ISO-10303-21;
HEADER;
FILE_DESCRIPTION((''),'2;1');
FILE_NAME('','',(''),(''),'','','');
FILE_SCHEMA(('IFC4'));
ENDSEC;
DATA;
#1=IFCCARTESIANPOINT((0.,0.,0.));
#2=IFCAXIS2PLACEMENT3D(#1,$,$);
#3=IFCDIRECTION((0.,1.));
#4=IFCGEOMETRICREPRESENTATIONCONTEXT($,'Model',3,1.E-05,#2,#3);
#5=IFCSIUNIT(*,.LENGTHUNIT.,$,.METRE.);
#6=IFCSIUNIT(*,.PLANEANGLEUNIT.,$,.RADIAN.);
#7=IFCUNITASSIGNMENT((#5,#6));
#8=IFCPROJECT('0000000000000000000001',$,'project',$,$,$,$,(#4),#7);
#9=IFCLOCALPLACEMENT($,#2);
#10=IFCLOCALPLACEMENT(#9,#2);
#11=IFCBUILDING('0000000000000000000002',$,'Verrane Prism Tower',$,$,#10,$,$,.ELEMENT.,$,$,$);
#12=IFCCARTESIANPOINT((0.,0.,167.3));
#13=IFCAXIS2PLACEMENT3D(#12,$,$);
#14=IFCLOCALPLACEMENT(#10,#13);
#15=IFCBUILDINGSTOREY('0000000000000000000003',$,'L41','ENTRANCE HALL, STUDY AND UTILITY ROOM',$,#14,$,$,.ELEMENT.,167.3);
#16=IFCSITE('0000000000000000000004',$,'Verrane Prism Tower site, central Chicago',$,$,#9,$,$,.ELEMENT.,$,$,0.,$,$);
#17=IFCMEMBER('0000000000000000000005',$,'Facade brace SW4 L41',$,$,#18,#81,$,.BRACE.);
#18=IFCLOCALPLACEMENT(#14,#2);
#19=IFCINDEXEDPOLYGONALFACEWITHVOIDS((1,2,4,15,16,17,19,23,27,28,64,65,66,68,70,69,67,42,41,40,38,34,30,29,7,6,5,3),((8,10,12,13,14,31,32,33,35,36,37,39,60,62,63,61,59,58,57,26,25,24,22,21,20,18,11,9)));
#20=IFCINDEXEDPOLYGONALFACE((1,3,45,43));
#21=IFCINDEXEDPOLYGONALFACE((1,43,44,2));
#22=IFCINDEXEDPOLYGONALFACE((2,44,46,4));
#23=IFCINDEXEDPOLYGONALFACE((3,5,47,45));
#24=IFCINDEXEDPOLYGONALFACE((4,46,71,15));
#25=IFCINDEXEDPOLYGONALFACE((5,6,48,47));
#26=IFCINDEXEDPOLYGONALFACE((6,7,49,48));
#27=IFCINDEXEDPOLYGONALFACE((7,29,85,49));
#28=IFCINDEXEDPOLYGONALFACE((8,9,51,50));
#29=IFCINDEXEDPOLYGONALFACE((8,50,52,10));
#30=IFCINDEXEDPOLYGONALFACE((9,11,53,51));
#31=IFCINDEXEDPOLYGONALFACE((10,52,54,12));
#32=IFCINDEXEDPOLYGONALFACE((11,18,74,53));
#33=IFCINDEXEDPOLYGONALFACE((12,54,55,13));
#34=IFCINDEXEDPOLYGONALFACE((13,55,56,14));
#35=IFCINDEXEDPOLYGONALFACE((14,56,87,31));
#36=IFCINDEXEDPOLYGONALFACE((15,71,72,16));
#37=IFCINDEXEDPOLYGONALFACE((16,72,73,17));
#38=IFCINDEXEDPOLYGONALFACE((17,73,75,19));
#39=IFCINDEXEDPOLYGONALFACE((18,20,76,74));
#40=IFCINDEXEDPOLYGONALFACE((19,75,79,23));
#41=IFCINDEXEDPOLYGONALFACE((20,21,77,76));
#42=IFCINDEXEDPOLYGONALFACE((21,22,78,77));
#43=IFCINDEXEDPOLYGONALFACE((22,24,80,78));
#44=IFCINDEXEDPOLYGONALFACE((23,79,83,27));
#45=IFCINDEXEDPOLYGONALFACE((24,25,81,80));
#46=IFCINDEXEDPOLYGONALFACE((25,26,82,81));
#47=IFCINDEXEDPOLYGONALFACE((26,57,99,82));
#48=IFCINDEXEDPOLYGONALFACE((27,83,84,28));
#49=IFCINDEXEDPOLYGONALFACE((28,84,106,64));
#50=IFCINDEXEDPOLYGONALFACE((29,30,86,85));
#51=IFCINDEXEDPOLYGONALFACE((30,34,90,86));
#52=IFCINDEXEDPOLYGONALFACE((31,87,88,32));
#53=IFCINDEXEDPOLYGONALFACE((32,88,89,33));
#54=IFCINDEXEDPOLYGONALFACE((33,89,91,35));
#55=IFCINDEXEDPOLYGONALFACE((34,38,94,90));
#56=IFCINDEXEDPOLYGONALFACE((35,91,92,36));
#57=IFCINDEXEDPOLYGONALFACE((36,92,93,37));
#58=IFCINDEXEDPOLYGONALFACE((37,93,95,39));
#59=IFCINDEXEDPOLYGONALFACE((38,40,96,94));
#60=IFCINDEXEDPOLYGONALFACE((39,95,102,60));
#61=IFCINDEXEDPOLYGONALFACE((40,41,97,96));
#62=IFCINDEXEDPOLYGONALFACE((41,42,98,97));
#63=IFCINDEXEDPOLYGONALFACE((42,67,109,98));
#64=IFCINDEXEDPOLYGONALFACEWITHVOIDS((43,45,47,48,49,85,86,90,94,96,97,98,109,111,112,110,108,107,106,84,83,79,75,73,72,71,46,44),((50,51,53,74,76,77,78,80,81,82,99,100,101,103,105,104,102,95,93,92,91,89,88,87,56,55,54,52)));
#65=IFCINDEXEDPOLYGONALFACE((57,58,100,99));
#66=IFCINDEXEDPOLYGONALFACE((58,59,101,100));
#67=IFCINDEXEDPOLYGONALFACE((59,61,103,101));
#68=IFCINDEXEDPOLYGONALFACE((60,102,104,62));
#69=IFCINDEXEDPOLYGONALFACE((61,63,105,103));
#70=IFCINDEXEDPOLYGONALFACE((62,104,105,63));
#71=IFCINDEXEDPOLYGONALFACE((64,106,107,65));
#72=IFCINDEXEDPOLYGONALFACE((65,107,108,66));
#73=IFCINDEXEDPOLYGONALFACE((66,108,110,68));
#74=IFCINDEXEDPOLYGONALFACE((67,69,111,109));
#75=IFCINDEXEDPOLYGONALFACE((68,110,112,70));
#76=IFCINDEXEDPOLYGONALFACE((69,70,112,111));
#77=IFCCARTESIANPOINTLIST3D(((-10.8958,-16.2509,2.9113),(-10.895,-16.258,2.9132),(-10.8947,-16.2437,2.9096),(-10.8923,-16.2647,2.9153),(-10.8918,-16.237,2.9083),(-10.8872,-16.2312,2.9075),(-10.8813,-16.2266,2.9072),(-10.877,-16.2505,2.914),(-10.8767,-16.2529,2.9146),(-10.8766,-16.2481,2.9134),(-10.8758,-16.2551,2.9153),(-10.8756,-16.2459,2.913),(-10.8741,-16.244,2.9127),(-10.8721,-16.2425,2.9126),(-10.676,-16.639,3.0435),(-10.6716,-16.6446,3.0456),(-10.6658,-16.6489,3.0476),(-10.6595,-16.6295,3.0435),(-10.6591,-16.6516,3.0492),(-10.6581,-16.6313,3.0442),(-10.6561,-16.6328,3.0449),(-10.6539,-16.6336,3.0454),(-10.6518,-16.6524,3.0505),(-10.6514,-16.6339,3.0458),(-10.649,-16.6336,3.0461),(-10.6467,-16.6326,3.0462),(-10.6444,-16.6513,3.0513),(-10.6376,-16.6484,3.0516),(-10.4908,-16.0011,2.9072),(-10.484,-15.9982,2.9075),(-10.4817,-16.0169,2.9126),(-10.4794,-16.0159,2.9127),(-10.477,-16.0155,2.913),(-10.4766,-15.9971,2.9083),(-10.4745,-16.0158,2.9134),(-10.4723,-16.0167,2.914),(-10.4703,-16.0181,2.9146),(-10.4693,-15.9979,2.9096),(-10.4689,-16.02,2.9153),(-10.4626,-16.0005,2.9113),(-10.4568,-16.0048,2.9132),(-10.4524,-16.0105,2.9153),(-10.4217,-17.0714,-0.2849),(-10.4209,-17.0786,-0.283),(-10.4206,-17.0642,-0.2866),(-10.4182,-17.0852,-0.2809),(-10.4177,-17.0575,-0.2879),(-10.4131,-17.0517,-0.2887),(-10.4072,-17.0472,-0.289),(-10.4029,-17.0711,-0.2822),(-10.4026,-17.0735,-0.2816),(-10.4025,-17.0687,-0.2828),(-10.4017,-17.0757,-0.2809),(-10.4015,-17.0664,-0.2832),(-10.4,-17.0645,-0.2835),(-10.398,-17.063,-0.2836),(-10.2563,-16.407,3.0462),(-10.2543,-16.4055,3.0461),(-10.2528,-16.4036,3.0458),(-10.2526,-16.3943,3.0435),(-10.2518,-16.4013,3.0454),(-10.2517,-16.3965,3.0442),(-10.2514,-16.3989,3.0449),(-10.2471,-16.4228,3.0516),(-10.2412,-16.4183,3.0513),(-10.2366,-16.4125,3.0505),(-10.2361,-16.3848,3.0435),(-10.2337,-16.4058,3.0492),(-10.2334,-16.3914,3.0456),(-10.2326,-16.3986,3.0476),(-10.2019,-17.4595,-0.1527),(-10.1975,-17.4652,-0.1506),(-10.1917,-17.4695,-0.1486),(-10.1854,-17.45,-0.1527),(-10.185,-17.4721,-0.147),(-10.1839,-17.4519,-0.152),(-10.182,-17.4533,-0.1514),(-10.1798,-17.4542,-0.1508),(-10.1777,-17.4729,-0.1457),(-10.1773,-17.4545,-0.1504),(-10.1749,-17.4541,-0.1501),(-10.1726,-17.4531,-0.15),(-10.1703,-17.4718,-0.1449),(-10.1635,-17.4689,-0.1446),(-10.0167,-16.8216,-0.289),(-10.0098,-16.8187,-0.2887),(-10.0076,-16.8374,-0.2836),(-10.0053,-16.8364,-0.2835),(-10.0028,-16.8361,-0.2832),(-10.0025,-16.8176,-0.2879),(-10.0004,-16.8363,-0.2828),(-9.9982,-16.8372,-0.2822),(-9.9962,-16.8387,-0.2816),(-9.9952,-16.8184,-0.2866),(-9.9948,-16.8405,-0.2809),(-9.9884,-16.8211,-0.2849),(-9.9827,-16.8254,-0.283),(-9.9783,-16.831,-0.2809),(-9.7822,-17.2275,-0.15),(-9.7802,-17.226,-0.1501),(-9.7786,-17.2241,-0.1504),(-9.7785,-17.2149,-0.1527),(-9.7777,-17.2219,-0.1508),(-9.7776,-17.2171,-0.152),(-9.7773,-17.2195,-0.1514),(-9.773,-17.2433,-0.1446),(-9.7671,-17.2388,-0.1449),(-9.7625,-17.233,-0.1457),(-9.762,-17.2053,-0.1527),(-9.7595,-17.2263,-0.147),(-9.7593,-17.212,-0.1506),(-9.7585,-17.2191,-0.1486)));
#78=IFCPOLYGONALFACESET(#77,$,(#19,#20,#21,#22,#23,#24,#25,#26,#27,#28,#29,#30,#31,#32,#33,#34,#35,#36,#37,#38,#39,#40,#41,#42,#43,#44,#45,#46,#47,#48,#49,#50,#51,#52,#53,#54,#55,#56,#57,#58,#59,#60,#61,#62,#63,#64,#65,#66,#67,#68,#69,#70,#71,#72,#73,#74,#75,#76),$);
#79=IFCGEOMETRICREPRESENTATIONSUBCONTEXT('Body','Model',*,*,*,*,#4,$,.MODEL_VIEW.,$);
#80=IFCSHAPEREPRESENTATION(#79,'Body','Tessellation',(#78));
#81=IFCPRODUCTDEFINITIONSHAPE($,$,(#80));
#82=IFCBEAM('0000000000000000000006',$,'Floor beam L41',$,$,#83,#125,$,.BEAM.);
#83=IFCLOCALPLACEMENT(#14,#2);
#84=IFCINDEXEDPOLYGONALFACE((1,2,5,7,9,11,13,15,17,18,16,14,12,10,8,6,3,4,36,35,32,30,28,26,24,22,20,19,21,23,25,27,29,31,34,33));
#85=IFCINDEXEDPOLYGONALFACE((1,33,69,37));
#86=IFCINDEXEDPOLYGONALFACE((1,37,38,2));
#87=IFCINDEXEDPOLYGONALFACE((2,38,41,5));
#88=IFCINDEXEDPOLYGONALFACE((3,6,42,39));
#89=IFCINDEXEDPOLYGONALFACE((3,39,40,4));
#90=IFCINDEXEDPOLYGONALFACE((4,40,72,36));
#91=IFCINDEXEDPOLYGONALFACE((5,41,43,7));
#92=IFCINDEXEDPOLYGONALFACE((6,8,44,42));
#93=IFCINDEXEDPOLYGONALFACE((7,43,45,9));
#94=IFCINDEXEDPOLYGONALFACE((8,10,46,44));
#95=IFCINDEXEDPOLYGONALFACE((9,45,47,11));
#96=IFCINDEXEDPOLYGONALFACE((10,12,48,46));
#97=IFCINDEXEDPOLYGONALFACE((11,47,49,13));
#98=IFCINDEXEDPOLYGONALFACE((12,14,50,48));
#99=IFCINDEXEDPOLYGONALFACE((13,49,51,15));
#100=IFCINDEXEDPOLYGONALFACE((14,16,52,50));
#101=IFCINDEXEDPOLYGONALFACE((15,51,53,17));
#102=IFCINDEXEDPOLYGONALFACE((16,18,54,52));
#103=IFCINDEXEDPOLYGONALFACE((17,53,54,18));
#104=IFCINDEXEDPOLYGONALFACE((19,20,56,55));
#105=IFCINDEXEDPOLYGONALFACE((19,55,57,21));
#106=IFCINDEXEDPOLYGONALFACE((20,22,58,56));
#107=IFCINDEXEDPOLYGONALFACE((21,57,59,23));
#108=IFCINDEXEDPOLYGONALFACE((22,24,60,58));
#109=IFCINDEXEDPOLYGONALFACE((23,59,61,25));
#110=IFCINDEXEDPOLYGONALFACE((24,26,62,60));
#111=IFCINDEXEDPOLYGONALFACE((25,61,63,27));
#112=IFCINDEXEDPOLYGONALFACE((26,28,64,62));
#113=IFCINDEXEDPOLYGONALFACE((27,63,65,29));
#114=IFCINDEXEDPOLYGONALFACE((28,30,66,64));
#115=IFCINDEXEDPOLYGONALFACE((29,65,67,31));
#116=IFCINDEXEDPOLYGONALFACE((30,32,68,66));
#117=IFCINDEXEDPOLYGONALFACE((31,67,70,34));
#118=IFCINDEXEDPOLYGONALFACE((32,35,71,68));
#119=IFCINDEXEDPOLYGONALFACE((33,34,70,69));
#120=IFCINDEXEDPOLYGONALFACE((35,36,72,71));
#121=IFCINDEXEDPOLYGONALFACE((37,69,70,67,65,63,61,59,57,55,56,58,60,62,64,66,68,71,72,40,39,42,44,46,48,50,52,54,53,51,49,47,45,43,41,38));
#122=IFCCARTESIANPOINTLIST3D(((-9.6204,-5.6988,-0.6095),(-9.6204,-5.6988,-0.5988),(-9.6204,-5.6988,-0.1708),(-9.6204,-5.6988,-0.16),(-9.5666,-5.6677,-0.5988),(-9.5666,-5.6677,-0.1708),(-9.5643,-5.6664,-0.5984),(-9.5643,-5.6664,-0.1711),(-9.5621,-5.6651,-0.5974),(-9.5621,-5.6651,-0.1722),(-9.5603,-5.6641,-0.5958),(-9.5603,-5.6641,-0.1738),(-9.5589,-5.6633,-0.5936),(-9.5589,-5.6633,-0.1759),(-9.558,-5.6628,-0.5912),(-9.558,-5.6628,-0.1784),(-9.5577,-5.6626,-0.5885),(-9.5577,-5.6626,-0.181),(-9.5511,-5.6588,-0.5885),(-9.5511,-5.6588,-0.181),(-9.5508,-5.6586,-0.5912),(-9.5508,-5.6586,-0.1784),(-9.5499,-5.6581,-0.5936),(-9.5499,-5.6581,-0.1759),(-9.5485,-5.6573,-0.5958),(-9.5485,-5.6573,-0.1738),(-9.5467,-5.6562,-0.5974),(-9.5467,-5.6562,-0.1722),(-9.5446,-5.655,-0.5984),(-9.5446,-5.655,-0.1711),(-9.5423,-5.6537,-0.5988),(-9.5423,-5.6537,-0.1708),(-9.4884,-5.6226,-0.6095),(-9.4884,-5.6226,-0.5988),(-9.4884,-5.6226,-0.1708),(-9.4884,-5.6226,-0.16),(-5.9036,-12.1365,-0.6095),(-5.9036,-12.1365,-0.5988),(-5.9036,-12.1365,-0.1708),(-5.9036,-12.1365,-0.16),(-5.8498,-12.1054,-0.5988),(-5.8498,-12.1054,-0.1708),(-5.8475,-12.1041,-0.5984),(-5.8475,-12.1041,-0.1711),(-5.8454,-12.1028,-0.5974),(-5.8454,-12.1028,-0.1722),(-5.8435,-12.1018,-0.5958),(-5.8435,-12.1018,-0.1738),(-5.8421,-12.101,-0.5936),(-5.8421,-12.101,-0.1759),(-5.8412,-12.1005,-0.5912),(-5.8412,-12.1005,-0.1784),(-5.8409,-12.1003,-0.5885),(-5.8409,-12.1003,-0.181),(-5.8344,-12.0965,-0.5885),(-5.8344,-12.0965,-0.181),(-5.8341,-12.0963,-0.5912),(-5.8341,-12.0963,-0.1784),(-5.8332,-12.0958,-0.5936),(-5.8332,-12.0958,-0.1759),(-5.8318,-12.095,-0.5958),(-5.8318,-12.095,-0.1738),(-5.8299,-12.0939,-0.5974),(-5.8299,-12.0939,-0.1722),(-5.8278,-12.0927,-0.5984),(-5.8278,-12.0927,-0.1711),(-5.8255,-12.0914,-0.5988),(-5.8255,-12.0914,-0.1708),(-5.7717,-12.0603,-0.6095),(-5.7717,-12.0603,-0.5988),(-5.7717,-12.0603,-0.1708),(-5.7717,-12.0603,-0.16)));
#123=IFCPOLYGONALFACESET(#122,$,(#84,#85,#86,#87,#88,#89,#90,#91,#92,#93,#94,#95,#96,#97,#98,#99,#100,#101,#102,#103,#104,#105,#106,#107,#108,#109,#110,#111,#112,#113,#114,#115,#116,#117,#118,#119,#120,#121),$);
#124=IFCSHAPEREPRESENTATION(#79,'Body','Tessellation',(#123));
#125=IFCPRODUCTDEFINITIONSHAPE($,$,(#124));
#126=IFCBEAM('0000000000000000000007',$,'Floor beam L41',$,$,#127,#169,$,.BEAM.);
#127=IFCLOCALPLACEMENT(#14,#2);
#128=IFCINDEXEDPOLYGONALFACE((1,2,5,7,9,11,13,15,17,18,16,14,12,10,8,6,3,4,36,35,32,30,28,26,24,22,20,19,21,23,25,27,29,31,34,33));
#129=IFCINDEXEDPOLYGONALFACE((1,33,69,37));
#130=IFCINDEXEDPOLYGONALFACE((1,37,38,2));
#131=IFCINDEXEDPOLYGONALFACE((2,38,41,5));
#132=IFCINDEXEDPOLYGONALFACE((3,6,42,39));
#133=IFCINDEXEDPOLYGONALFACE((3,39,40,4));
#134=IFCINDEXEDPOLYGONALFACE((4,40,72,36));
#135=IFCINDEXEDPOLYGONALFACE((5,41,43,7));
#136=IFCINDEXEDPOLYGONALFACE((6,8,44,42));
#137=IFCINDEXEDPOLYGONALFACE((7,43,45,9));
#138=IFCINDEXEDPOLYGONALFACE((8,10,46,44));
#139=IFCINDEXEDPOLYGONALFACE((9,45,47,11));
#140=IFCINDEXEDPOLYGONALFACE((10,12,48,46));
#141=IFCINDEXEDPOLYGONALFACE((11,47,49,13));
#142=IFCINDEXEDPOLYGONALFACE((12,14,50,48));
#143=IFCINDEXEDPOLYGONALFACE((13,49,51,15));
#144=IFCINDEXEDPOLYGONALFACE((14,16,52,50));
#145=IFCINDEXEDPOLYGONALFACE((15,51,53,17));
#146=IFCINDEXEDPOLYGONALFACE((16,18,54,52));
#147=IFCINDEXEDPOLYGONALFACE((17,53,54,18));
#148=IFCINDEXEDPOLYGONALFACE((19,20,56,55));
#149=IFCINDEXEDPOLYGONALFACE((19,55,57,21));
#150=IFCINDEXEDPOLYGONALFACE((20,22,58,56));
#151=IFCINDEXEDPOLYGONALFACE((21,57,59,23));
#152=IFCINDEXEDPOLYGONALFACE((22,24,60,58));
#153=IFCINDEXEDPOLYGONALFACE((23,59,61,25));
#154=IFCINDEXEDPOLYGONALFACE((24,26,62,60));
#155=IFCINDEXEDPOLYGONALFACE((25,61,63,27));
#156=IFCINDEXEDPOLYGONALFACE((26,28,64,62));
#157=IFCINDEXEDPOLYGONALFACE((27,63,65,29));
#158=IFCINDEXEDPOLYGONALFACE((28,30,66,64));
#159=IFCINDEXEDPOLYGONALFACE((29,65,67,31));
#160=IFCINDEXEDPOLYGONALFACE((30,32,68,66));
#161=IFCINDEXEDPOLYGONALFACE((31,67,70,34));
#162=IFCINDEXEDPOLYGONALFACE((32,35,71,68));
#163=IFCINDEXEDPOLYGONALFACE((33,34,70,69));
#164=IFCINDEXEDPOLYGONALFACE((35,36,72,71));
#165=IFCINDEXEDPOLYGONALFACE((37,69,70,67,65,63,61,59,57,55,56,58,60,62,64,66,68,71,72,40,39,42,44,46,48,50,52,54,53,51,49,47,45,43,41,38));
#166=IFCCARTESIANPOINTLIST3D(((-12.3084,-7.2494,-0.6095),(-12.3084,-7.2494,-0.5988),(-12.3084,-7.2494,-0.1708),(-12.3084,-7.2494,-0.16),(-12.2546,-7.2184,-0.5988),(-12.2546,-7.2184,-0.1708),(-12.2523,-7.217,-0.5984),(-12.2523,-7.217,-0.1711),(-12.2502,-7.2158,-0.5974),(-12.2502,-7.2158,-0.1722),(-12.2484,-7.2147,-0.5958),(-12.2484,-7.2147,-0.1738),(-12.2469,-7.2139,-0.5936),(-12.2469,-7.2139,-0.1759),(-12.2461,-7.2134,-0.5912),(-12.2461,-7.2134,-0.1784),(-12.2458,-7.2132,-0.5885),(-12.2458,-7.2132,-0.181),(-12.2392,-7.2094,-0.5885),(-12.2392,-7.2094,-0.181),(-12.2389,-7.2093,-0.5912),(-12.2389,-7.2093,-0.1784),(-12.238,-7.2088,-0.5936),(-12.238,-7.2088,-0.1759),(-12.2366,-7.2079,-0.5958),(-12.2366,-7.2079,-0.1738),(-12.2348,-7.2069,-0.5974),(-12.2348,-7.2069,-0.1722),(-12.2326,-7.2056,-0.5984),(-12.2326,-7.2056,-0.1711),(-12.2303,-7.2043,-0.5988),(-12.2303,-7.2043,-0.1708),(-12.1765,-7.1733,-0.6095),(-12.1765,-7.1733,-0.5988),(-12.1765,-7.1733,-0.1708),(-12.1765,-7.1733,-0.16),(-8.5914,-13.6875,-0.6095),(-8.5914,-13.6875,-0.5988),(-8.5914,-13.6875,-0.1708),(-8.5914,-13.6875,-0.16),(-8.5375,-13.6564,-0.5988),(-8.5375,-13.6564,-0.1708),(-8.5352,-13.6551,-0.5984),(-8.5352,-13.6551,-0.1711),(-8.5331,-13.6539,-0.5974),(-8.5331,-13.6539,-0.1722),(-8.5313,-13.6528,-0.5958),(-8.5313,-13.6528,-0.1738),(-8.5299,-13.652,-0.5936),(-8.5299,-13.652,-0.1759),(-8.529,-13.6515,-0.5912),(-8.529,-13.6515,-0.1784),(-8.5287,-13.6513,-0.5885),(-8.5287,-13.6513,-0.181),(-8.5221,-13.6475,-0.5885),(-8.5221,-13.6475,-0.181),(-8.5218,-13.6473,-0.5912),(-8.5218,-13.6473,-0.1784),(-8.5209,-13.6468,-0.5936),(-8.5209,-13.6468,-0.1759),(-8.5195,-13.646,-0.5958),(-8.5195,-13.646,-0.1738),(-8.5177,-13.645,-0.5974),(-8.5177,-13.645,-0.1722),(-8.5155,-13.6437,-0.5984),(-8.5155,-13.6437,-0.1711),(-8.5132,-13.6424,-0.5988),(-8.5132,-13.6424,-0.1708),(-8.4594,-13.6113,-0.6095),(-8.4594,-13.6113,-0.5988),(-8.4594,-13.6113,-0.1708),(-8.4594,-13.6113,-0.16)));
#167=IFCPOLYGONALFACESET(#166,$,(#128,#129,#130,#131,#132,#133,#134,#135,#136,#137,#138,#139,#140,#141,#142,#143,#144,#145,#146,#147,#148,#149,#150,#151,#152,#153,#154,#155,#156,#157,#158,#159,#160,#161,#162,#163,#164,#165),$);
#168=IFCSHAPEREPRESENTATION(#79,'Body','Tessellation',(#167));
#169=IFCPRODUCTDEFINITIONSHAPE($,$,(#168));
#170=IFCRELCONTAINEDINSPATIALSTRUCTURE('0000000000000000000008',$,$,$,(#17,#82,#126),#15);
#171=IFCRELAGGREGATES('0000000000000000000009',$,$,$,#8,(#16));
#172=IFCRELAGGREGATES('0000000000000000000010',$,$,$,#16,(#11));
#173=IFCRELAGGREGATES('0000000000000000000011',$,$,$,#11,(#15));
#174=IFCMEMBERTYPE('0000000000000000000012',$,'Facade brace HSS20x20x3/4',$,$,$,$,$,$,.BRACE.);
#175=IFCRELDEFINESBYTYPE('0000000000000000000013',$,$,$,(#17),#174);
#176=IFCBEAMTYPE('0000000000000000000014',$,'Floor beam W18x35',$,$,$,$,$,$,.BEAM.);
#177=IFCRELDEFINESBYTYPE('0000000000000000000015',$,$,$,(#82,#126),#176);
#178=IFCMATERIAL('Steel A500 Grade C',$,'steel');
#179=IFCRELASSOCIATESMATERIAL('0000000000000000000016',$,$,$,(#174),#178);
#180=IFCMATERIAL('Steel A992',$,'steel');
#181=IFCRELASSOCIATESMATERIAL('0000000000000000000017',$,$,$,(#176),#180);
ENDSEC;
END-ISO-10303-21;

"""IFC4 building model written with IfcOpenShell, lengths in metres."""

from ifc_helpers import new_model, si_unit, direction, frame, origin, origin_2d, place, context, subcontext, project, spatial, hollow_rectangle, i_section, extrude, material, material_profile, profile_set, type_object, element, save


model = new_model("IFC4")

# Units and contexts
model_context = context("Model", 3, precision=1e-05, world=origin(), true_north=direction((0.0, 1.0)))
body_context = subcontext(model_context, "Body", "Model", "MODEL_VIEW")
ifc_project = project(units=[si_unit("LENGTHUNIT", "METRE"), si_unit("PLANEANGLEUNIT", "RADIAN")], contexts=[model_context])

# Site, building, storey
site_placement = place(None, origin())
site = spatial("IfcSite", under=ifc_project, at=site_placement, Name="Verrane Prism Tower site, central Chicago", CompositionType="ELEMENT", RefElevation=0.0)
building_placement = place(site_placement, origin())
building = spatial("IfcBuilding", under=site, at=building_placement, Name="Verrane Prism Tower", CompositionType="ELEMENT")
storey_placement = place(building_placement, frame((0.0, 0.0, 167.3)))
storey = spatial("IfcBuildingStorey", under=building, at=storey_placement, Name="L41", Description="ENTRANCE HALL, STUDY AND UTILITY ROOM", CompositionType="ELEMENT", Elevation=167.3)

# Member
ifc_material_1 = material(Name="Steel A500 Grade C", Category="steel")
ifc_material_profile_1 = material_profile(ifc_material_1, hollow_rectangle(XDim=0.5081, YDim=0.5081, WallThickness=0.019, InnerFilletRadius=0.0095, OuterFilletRadius=0.0286, at=origin_2d()), Name="HSS20x20x3/4")
ifc_profile_set_1 = profile_set([ifc_material_profile_1], Name="Steel A500 Grade C")
member_type_1 = type_object("IfcMemberType", Name="Facade brace HSS20x20x3/4", PredefinedType="BRACE", material=ifc_profile_set_1)
member_1_placement = place(storey_placement, frame((-10.0901, -17.1453, -0.2168), z_axis=(-0.142215, 0.246131, 0.958746), x_axis=(-0.865855, -0.500295, 0.0)))
element("IfcMember", 1, at=member_1_placement, inside=storey, type_object=member_type_1, Name="Facade brace SW4 L41", PredefinedType="BRACE", context=body_context, shape_type="SweptSolid", body=[
    extrude(hollow_rectangle(XDim=0.5081, YDim=0.5081, WallThickness=0.019, InnerFilletRadius=0.0095, OuterFilletRadius=0.0286, at=origin_2d()), origin(), (0.0, 0.0, 1.0), 3.3337),
])

# Beams
ifc_material_2 = material(Name="Steel A992", Category="steel")
ifc_material_profile_2 = material_profile(ifc_material_2, i_section(OverallWidth=0.1523, OverallDepth=0.4495, WebThickness=0.0076, FlangeThickness=0.0107, FilletRadius=0.0103, at=origin_2d()), Name="W18x35")
ifc_profile_set_2 = profile_set([ifc_material_profile_2], Name="Steel A992")
beam_type_1 = type_object("IfcBeamType", Name="Floor beam W18x35", PredefinedType="BEAM", material=ifc_profile_set_2)
beam_1_placement = place(storey_placement, frame((-5.8376, -12.0984, -0.3848), z_axis=(-0.499996, 0.866028, 0.0), x_axis=(-0.866028, -0.499996, 0.0)))
element("IfcBeam", 2, at=beam_1_placement, inside=storey, type_object=beam_type_1, Name="Floor beam L41", PredefinedType="BEAM", context=body_context, shape_type="SweptSolid", body=[
    extrude(i_section(OverallWidth=0.1523, OverallDepth=0.4495, WebThickness=0.0076, FlangeThickness=0.0107, FilletRadius=0.0103, at=origin_2d()), origin(), (0.0, 0.0, 1.0), 7.4336),
])
beam_2_placement = place(storey_placement, frame((-8.5254, -13.6494, -0.3848), z_axis=(-0.500007, 0.866022, 0.0), x_axis=(-0.866022, -0.500007, 0.0)))
element("IfcBeam", 3, at=beam_2_placement, inside=storey, type_object=beam_type_1, Name="Floor beam L41", PredefinedType="BEAM", context=body_context, shape_type="SweptSolid", body=[
    extrude(i_section(OverallWidth=0.1523, OverallDepth=0.4495, WebThickness=0.0076, FlangeThickness=0.0107, FilletRadius=0.0103, at=origin_2d()), origin(), (0.0, 0.0, 1.0), 7.4341),
])

save(model, "model.ifc")
